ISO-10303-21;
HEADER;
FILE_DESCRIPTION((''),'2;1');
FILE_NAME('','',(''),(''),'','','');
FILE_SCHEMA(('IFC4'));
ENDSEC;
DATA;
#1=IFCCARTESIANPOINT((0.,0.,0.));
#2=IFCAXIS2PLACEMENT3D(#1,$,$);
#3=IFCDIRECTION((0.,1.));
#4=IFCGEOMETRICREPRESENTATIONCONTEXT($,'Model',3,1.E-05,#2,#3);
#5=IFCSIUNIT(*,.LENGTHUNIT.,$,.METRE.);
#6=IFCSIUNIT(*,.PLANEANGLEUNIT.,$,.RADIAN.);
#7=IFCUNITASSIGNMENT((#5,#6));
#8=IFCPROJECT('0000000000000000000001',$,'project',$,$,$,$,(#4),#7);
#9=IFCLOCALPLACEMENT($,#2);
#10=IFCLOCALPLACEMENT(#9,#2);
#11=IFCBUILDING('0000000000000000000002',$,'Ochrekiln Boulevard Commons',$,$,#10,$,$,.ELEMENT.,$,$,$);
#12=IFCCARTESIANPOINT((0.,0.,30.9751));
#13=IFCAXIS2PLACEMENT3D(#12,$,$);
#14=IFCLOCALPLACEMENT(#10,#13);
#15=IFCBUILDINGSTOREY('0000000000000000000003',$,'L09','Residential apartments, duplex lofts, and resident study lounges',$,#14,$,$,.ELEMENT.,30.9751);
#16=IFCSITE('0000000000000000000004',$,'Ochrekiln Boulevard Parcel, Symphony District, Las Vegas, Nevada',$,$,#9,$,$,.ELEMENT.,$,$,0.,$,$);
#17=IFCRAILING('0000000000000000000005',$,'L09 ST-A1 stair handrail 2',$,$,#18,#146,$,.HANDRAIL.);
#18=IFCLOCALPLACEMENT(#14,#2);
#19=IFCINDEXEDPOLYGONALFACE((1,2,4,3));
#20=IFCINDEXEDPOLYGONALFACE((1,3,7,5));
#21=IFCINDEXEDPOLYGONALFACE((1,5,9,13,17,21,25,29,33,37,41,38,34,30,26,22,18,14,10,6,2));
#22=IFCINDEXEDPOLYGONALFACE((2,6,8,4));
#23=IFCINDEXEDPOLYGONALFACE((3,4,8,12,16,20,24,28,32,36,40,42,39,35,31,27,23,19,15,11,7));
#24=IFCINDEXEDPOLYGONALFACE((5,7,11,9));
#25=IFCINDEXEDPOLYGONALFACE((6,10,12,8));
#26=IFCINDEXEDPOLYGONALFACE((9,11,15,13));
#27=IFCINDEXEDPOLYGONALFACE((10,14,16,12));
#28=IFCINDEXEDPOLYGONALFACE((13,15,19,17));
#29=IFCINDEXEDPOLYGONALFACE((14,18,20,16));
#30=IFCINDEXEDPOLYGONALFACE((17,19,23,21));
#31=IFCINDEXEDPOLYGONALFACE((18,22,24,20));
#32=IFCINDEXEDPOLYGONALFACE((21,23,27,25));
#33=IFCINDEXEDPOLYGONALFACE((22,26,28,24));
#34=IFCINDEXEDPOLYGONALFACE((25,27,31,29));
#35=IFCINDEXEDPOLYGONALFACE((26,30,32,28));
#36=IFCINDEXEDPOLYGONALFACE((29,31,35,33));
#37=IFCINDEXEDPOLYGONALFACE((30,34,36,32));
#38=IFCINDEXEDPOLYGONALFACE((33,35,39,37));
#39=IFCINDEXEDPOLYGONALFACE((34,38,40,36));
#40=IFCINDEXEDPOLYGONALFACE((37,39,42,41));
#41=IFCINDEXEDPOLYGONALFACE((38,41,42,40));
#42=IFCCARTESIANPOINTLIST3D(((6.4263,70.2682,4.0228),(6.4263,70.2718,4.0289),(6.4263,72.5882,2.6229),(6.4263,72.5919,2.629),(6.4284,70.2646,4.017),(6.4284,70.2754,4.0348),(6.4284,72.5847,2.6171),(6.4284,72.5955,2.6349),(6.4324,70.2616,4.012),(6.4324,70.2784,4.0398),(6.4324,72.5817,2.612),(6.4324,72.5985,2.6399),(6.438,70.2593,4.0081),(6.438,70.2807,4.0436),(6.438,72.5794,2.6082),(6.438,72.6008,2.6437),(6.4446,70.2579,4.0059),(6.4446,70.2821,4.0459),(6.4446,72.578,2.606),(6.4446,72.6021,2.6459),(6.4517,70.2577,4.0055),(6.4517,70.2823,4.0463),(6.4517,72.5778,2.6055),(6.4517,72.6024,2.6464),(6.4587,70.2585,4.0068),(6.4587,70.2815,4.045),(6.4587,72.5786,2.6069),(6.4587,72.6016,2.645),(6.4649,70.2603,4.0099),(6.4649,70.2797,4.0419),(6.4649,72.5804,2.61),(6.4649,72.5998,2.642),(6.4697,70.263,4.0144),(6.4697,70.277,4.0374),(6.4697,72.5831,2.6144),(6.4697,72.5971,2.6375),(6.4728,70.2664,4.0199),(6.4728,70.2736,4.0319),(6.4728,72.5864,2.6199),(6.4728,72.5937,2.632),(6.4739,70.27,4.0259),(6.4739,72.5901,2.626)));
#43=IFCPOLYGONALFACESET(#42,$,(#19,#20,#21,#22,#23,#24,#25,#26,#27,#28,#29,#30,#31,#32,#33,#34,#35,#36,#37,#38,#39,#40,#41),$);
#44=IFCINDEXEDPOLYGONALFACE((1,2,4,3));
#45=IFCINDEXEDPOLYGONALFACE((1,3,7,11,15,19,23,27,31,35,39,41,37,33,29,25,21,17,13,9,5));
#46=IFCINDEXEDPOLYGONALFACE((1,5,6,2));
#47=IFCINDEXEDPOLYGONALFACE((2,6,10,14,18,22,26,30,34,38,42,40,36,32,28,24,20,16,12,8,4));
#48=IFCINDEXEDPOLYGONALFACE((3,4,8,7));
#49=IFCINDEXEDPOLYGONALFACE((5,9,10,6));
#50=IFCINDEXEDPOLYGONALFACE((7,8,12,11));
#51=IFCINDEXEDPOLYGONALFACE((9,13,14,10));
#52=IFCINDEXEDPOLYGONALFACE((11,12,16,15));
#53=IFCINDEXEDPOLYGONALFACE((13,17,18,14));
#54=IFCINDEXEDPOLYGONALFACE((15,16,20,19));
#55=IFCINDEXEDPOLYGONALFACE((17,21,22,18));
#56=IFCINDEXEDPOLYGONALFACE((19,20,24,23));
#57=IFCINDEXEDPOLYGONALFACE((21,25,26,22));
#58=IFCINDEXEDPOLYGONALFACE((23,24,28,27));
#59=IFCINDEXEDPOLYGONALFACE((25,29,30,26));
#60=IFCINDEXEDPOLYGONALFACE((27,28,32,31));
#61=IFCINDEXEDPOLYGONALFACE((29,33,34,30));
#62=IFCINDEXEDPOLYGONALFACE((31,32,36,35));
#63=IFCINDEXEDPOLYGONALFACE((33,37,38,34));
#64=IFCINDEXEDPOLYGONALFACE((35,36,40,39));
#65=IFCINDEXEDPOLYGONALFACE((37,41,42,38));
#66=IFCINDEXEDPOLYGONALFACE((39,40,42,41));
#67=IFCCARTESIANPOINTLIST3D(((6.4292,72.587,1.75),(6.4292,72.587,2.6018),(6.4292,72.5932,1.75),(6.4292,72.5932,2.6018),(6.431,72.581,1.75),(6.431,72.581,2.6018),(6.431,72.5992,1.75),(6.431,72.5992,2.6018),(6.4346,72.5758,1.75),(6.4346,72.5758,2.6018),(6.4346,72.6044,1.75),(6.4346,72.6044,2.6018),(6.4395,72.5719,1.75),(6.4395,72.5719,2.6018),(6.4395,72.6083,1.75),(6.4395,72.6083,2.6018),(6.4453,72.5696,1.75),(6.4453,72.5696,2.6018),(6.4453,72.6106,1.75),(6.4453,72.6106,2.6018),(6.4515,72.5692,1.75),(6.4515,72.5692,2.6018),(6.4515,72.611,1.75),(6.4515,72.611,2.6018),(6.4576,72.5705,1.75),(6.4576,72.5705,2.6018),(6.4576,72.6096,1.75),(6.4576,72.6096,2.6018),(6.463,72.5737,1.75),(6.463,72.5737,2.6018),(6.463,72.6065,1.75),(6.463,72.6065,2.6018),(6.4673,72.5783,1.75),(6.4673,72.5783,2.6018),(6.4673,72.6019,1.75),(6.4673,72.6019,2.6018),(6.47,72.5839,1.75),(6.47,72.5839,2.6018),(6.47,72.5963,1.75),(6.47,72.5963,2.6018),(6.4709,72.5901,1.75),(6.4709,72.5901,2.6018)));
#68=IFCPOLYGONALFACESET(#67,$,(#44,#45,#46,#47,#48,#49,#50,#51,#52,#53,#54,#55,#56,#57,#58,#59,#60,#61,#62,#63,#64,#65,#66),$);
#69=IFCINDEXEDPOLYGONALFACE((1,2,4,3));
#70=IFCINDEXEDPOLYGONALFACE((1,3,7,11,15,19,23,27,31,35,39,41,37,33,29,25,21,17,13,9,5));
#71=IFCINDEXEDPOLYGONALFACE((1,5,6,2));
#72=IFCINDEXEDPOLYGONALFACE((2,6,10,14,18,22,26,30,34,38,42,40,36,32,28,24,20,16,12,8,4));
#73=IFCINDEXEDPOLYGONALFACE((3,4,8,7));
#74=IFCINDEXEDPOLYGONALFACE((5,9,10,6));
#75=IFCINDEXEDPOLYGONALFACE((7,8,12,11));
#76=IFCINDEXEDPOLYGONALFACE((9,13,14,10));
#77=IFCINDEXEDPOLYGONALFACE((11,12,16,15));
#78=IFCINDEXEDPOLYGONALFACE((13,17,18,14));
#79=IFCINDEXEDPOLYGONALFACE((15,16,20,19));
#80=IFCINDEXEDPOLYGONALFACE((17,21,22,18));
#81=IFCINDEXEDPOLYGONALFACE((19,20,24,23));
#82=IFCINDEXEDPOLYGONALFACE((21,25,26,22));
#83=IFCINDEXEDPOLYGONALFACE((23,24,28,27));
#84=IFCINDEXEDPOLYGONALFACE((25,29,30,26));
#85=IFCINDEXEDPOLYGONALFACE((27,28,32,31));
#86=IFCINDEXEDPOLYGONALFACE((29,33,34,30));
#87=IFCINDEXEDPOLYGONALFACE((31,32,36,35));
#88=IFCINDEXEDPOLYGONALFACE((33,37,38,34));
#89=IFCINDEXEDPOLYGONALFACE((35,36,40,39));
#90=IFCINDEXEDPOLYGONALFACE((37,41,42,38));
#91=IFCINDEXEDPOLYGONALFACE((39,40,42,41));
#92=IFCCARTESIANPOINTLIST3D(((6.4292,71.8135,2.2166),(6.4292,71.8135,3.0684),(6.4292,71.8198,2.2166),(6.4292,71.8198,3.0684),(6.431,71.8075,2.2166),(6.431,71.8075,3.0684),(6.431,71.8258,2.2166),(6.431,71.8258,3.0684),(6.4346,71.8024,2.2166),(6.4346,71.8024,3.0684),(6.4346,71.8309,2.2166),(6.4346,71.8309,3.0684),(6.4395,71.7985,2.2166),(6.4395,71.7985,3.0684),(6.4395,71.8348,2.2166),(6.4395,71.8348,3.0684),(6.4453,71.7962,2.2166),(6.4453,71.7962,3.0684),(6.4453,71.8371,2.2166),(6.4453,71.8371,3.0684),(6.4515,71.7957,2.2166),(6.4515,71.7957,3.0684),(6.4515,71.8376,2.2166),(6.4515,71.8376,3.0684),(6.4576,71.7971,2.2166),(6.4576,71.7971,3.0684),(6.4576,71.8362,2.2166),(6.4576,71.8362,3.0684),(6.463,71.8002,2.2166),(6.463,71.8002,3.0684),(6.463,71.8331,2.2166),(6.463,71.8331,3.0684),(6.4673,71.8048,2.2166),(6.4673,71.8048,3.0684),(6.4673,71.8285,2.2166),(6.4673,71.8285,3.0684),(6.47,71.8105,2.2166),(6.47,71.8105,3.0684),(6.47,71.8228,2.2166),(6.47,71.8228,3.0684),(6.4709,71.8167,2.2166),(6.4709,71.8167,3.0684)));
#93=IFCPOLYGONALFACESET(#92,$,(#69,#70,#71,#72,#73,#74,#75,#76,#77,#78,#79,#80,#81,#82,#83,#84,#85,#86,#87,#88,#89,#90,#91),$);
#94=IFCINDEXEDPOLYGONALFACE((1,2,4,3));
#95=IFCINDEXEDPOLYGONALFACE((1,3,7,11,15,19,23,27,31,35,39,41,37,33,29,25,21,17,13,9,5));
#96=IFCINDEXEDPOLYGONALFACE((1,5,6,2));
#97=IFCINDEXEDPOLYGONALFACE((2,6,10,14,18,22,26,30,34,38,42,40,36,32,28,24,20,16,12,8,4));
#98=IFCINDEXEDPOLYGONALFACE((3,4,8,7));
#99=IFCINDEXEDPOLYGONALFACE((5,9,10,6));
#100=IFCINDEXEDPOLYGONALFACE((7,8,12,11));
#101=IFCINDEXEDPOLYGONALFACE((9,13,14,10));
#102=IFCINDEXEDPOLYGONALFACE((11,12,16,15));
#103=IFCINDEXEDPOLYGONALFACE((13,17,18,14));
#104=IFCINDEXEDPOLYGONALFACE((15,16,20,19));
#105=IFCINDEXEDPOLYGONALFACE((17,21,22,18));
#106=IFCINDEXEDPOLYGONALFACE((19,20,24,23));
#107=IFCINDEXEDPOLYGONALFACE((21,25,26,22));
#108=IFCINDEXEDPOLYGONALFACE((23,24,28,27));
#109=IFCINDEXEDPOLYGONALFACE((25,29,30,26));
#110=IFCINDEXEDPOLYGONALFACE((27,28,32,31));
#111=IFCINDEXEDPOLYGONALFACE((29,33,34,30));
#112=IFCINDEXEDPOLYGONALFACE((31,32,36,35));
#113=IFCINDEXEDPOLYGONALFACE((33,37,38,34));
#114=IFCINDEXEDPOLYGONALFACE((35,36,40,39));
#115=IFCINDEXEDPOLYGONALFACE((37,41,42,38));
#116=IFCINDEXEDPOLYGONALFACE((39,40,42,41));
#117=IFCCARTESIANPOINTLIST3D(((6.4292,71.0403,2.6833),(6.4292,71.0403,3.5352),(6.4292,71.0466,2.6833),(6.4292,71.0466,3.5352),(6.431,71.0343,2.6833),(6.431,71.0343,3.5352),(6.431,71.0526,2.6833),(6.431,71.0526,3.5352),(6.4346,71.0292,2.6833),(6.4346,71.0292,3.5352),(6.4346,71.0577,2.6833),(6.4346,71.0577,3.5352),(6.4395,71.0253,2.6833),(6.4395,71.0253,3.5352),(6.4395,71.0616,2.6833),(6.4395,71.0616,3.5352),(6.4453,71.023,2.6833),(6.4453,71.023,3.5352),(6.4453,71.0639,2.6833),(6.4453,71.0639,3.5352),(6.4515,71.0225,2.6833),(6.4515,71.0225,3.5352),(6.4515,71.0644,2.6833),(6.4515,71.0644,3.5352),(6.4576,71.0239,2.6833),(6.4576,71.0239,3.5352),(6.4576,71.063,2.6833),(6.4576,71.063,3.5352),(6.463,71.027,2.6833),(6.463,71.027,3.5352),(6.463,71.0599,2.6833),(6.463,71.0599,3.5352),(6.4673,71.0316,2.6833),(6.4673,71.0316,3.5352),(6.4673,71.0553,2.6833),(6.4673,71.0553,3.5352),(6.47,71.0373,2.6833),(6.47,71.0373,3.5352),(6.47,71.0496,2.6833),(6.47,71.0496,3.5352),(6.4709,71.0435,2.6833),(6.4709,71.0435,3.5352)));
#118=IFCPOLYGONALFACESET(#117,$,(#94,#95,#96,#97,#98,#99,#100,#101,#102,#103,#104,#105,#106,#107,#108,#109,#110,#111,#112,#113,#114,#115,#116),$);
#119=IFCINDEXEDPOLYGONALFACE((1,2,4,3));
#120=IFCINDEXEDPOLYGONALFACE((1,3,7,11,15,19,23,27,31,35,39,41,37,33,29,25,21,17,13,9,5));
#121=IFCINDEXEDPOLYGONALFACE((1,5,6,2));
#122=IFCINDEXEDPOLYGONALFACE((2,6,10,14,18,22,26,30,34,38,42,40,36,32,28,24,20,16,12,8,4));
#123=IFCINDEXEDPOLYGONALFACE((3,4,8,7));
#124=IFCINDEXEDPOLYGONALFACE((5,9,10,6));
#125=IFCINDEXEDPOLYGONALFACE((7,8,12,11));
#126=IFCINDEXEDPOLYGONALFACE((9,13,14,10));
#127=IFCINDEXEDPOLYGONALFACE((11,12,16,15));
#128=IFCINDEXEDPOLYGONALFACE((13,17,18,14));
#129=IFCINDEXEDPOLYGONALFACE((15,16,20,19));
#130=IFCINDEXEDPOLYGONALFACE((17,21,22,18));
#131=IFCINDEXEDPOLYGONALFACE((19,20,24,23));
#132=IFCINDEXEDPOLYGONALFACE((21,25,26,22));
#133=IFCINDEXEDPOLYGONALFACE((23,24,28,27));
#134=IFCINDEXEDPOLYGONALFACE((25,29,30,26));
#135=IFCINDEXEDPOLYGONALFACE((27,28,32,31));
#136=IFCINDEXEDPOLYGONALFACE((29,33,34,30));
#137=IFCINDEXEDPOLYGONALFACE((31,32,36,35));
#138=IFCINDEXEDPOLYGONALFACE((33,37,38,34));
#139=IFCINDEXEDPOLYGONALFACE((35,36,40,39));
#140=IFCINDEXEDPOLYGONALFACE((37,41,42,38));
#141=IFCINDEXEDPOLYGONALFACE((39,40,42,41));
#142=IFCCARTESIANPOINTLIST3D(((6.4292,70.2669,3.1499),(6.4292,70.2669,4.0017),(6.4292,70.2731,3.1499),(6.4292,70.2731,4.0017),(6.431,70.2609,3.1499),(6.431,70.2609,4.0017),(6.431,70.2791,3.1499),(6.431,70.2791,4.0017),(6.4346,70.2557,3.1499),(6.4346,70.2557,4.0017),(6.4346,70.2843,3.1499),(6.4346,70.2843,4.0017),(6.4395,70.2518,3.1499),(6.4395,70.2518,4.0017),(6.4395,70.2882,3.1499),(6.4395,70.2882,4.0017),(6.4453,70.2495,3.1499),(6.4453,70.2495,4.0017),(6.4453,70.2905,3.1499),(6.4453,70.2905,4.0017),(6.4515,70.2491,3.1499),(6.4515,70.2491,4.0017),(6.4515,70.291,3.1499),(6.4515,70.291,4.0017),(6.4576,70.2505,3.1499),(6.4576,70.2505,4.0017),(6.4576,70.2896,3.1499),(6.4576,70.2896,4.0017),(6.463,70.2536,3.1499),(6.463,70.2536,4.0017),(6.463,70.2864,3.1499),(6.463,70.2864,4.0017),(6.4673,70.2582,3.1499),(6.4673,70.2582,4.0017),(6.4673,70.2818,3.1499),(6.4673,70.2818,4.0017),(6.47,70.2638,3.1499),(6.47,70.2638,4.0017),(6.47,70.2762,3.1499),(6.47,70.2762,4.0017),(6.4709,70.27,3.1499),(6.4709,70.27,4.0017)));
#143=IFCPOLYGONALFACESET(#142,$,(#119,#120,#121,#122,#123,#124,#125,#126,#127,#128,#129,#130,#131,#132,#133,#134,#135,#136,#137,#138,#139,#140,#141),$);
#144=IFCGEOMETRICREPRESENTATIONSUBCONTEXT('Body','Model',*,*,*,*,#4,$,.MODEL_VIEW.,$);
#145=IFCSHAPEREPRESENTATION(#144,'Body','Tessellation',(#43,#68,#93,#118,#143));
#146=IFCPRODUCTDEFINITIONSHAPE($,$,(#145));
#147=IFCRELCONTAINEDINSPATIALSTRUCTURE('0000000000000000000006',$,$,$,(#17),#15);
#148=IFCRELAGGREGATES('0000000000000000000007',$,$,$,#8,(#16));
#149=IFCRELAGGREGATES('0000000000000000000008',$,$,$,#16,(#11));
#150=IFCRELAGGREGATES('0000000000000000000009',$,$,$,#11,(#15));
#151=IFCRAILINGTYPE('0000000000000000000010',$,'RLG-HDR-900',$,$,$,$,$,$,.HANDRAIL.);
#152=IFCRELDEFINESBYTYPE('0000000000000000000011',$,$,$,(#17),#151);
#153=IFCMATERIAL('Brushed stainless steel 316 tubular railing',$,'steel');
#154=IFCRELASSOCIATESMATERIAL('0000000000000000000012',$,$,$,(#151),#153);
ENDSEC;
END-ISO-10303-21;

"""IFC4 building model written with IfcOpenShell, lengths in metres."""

from ifc_helpers import new_model, si_unit, direction, frame, origin, origin_2d, place, context, subcontext, project, spatial, circle, extrude, material, type_object, element, save


model = new_model("IFC4")

# Units and contexts
model_context = context("Model", 3, precision=1e-05, world=origin(), true_north=direction((0.0, 1.0)))
body_context = subcontext(model_context, "Body", "Model", "MODEL_VIEW")
ifc_project = project(units=[si_unit("LENGTHUNIT", "METRE"), si_unit("PLANEANGLEUNIT", "RADIAN")], contexts=[model_context])

# Site, building, storey
site_placement = place(None, origin())
site = spatial("IfcSite", under=ifc_project, at=site_placement, Name="Ochrekiln Boulevard Parcel, Symphony District, Las Vegas, Nevada", CompositionType="ELEMENT", RefElevation=0.0)
building_placement = place(site_placement, origin())
building = spatial("IfcBuilding", under=site, at=building_placement, Name="Ochrekiln Boulevard Commons", CompositionType="ELEMENT")
storey_placement = place(building_placement, frame((0.0, 0.0, 30.9751)))
storey = spatial("IfcBuildingStorey", under=building, at=storey_placement, Name="L09", Description="Residential apartments, duplex lofts, and resident study lounges", CompositionType="ELEMENT", Elevation=30.9751)

# Railing
ifc_material_1 = material(Name="Brushed stainless steel 316 tubular railing", Category="steel")
railing_type_1 = type_object("IfcRailingType", Name="RLG-HDR-900", PredefinedType="HANDRAIL", material=ifc_material_1)
railing_1_placement = place(storey_placement, frame((6.45, 72.5901, 1.75)))
element("IfcRailing", 1, at=railing_1_placement, inside=storey, type_object=railing_type_1, Name="L09 ST-A1 stair handrail 2", PredefinedType="HANDRAIL", context=body_context, shape_type="SweptSolid", body=[
    extrude(circle(Radius=0.0239, at=origin_2d()), frame((0.0, 0.0, 0.876), z_axis=(0.0, -0.85621, 0.516627), x_axis=(1.0, 0.0, 0.0)), (0.0, 0.0, 1.0), 2.7097),
    extrude(circle(Radius=0.021, at=origin_2d()), origin(), (0.0, 0.0, 1.0), 0.8518),
    extrude(circle(Radius=0.021, at=origin_2d()), frame((0.0, -0.7734, 0.4666)), (0.0, 0.0, 1.0), 0.8518),
    extrude(circle(Radius=0.021, at=origin_2d()), frame((0.0, -1.5466, 0.9333)), (0.0, 0.0, 1.0), 0.8518),
    extrude(circle(Radius=0.021, at=origin_2d()), frame((0.0, -2.3201, 1.3999)), (0.0, 0.0, 1.0), 0.8518),
])

save(model, "model.ifc")
